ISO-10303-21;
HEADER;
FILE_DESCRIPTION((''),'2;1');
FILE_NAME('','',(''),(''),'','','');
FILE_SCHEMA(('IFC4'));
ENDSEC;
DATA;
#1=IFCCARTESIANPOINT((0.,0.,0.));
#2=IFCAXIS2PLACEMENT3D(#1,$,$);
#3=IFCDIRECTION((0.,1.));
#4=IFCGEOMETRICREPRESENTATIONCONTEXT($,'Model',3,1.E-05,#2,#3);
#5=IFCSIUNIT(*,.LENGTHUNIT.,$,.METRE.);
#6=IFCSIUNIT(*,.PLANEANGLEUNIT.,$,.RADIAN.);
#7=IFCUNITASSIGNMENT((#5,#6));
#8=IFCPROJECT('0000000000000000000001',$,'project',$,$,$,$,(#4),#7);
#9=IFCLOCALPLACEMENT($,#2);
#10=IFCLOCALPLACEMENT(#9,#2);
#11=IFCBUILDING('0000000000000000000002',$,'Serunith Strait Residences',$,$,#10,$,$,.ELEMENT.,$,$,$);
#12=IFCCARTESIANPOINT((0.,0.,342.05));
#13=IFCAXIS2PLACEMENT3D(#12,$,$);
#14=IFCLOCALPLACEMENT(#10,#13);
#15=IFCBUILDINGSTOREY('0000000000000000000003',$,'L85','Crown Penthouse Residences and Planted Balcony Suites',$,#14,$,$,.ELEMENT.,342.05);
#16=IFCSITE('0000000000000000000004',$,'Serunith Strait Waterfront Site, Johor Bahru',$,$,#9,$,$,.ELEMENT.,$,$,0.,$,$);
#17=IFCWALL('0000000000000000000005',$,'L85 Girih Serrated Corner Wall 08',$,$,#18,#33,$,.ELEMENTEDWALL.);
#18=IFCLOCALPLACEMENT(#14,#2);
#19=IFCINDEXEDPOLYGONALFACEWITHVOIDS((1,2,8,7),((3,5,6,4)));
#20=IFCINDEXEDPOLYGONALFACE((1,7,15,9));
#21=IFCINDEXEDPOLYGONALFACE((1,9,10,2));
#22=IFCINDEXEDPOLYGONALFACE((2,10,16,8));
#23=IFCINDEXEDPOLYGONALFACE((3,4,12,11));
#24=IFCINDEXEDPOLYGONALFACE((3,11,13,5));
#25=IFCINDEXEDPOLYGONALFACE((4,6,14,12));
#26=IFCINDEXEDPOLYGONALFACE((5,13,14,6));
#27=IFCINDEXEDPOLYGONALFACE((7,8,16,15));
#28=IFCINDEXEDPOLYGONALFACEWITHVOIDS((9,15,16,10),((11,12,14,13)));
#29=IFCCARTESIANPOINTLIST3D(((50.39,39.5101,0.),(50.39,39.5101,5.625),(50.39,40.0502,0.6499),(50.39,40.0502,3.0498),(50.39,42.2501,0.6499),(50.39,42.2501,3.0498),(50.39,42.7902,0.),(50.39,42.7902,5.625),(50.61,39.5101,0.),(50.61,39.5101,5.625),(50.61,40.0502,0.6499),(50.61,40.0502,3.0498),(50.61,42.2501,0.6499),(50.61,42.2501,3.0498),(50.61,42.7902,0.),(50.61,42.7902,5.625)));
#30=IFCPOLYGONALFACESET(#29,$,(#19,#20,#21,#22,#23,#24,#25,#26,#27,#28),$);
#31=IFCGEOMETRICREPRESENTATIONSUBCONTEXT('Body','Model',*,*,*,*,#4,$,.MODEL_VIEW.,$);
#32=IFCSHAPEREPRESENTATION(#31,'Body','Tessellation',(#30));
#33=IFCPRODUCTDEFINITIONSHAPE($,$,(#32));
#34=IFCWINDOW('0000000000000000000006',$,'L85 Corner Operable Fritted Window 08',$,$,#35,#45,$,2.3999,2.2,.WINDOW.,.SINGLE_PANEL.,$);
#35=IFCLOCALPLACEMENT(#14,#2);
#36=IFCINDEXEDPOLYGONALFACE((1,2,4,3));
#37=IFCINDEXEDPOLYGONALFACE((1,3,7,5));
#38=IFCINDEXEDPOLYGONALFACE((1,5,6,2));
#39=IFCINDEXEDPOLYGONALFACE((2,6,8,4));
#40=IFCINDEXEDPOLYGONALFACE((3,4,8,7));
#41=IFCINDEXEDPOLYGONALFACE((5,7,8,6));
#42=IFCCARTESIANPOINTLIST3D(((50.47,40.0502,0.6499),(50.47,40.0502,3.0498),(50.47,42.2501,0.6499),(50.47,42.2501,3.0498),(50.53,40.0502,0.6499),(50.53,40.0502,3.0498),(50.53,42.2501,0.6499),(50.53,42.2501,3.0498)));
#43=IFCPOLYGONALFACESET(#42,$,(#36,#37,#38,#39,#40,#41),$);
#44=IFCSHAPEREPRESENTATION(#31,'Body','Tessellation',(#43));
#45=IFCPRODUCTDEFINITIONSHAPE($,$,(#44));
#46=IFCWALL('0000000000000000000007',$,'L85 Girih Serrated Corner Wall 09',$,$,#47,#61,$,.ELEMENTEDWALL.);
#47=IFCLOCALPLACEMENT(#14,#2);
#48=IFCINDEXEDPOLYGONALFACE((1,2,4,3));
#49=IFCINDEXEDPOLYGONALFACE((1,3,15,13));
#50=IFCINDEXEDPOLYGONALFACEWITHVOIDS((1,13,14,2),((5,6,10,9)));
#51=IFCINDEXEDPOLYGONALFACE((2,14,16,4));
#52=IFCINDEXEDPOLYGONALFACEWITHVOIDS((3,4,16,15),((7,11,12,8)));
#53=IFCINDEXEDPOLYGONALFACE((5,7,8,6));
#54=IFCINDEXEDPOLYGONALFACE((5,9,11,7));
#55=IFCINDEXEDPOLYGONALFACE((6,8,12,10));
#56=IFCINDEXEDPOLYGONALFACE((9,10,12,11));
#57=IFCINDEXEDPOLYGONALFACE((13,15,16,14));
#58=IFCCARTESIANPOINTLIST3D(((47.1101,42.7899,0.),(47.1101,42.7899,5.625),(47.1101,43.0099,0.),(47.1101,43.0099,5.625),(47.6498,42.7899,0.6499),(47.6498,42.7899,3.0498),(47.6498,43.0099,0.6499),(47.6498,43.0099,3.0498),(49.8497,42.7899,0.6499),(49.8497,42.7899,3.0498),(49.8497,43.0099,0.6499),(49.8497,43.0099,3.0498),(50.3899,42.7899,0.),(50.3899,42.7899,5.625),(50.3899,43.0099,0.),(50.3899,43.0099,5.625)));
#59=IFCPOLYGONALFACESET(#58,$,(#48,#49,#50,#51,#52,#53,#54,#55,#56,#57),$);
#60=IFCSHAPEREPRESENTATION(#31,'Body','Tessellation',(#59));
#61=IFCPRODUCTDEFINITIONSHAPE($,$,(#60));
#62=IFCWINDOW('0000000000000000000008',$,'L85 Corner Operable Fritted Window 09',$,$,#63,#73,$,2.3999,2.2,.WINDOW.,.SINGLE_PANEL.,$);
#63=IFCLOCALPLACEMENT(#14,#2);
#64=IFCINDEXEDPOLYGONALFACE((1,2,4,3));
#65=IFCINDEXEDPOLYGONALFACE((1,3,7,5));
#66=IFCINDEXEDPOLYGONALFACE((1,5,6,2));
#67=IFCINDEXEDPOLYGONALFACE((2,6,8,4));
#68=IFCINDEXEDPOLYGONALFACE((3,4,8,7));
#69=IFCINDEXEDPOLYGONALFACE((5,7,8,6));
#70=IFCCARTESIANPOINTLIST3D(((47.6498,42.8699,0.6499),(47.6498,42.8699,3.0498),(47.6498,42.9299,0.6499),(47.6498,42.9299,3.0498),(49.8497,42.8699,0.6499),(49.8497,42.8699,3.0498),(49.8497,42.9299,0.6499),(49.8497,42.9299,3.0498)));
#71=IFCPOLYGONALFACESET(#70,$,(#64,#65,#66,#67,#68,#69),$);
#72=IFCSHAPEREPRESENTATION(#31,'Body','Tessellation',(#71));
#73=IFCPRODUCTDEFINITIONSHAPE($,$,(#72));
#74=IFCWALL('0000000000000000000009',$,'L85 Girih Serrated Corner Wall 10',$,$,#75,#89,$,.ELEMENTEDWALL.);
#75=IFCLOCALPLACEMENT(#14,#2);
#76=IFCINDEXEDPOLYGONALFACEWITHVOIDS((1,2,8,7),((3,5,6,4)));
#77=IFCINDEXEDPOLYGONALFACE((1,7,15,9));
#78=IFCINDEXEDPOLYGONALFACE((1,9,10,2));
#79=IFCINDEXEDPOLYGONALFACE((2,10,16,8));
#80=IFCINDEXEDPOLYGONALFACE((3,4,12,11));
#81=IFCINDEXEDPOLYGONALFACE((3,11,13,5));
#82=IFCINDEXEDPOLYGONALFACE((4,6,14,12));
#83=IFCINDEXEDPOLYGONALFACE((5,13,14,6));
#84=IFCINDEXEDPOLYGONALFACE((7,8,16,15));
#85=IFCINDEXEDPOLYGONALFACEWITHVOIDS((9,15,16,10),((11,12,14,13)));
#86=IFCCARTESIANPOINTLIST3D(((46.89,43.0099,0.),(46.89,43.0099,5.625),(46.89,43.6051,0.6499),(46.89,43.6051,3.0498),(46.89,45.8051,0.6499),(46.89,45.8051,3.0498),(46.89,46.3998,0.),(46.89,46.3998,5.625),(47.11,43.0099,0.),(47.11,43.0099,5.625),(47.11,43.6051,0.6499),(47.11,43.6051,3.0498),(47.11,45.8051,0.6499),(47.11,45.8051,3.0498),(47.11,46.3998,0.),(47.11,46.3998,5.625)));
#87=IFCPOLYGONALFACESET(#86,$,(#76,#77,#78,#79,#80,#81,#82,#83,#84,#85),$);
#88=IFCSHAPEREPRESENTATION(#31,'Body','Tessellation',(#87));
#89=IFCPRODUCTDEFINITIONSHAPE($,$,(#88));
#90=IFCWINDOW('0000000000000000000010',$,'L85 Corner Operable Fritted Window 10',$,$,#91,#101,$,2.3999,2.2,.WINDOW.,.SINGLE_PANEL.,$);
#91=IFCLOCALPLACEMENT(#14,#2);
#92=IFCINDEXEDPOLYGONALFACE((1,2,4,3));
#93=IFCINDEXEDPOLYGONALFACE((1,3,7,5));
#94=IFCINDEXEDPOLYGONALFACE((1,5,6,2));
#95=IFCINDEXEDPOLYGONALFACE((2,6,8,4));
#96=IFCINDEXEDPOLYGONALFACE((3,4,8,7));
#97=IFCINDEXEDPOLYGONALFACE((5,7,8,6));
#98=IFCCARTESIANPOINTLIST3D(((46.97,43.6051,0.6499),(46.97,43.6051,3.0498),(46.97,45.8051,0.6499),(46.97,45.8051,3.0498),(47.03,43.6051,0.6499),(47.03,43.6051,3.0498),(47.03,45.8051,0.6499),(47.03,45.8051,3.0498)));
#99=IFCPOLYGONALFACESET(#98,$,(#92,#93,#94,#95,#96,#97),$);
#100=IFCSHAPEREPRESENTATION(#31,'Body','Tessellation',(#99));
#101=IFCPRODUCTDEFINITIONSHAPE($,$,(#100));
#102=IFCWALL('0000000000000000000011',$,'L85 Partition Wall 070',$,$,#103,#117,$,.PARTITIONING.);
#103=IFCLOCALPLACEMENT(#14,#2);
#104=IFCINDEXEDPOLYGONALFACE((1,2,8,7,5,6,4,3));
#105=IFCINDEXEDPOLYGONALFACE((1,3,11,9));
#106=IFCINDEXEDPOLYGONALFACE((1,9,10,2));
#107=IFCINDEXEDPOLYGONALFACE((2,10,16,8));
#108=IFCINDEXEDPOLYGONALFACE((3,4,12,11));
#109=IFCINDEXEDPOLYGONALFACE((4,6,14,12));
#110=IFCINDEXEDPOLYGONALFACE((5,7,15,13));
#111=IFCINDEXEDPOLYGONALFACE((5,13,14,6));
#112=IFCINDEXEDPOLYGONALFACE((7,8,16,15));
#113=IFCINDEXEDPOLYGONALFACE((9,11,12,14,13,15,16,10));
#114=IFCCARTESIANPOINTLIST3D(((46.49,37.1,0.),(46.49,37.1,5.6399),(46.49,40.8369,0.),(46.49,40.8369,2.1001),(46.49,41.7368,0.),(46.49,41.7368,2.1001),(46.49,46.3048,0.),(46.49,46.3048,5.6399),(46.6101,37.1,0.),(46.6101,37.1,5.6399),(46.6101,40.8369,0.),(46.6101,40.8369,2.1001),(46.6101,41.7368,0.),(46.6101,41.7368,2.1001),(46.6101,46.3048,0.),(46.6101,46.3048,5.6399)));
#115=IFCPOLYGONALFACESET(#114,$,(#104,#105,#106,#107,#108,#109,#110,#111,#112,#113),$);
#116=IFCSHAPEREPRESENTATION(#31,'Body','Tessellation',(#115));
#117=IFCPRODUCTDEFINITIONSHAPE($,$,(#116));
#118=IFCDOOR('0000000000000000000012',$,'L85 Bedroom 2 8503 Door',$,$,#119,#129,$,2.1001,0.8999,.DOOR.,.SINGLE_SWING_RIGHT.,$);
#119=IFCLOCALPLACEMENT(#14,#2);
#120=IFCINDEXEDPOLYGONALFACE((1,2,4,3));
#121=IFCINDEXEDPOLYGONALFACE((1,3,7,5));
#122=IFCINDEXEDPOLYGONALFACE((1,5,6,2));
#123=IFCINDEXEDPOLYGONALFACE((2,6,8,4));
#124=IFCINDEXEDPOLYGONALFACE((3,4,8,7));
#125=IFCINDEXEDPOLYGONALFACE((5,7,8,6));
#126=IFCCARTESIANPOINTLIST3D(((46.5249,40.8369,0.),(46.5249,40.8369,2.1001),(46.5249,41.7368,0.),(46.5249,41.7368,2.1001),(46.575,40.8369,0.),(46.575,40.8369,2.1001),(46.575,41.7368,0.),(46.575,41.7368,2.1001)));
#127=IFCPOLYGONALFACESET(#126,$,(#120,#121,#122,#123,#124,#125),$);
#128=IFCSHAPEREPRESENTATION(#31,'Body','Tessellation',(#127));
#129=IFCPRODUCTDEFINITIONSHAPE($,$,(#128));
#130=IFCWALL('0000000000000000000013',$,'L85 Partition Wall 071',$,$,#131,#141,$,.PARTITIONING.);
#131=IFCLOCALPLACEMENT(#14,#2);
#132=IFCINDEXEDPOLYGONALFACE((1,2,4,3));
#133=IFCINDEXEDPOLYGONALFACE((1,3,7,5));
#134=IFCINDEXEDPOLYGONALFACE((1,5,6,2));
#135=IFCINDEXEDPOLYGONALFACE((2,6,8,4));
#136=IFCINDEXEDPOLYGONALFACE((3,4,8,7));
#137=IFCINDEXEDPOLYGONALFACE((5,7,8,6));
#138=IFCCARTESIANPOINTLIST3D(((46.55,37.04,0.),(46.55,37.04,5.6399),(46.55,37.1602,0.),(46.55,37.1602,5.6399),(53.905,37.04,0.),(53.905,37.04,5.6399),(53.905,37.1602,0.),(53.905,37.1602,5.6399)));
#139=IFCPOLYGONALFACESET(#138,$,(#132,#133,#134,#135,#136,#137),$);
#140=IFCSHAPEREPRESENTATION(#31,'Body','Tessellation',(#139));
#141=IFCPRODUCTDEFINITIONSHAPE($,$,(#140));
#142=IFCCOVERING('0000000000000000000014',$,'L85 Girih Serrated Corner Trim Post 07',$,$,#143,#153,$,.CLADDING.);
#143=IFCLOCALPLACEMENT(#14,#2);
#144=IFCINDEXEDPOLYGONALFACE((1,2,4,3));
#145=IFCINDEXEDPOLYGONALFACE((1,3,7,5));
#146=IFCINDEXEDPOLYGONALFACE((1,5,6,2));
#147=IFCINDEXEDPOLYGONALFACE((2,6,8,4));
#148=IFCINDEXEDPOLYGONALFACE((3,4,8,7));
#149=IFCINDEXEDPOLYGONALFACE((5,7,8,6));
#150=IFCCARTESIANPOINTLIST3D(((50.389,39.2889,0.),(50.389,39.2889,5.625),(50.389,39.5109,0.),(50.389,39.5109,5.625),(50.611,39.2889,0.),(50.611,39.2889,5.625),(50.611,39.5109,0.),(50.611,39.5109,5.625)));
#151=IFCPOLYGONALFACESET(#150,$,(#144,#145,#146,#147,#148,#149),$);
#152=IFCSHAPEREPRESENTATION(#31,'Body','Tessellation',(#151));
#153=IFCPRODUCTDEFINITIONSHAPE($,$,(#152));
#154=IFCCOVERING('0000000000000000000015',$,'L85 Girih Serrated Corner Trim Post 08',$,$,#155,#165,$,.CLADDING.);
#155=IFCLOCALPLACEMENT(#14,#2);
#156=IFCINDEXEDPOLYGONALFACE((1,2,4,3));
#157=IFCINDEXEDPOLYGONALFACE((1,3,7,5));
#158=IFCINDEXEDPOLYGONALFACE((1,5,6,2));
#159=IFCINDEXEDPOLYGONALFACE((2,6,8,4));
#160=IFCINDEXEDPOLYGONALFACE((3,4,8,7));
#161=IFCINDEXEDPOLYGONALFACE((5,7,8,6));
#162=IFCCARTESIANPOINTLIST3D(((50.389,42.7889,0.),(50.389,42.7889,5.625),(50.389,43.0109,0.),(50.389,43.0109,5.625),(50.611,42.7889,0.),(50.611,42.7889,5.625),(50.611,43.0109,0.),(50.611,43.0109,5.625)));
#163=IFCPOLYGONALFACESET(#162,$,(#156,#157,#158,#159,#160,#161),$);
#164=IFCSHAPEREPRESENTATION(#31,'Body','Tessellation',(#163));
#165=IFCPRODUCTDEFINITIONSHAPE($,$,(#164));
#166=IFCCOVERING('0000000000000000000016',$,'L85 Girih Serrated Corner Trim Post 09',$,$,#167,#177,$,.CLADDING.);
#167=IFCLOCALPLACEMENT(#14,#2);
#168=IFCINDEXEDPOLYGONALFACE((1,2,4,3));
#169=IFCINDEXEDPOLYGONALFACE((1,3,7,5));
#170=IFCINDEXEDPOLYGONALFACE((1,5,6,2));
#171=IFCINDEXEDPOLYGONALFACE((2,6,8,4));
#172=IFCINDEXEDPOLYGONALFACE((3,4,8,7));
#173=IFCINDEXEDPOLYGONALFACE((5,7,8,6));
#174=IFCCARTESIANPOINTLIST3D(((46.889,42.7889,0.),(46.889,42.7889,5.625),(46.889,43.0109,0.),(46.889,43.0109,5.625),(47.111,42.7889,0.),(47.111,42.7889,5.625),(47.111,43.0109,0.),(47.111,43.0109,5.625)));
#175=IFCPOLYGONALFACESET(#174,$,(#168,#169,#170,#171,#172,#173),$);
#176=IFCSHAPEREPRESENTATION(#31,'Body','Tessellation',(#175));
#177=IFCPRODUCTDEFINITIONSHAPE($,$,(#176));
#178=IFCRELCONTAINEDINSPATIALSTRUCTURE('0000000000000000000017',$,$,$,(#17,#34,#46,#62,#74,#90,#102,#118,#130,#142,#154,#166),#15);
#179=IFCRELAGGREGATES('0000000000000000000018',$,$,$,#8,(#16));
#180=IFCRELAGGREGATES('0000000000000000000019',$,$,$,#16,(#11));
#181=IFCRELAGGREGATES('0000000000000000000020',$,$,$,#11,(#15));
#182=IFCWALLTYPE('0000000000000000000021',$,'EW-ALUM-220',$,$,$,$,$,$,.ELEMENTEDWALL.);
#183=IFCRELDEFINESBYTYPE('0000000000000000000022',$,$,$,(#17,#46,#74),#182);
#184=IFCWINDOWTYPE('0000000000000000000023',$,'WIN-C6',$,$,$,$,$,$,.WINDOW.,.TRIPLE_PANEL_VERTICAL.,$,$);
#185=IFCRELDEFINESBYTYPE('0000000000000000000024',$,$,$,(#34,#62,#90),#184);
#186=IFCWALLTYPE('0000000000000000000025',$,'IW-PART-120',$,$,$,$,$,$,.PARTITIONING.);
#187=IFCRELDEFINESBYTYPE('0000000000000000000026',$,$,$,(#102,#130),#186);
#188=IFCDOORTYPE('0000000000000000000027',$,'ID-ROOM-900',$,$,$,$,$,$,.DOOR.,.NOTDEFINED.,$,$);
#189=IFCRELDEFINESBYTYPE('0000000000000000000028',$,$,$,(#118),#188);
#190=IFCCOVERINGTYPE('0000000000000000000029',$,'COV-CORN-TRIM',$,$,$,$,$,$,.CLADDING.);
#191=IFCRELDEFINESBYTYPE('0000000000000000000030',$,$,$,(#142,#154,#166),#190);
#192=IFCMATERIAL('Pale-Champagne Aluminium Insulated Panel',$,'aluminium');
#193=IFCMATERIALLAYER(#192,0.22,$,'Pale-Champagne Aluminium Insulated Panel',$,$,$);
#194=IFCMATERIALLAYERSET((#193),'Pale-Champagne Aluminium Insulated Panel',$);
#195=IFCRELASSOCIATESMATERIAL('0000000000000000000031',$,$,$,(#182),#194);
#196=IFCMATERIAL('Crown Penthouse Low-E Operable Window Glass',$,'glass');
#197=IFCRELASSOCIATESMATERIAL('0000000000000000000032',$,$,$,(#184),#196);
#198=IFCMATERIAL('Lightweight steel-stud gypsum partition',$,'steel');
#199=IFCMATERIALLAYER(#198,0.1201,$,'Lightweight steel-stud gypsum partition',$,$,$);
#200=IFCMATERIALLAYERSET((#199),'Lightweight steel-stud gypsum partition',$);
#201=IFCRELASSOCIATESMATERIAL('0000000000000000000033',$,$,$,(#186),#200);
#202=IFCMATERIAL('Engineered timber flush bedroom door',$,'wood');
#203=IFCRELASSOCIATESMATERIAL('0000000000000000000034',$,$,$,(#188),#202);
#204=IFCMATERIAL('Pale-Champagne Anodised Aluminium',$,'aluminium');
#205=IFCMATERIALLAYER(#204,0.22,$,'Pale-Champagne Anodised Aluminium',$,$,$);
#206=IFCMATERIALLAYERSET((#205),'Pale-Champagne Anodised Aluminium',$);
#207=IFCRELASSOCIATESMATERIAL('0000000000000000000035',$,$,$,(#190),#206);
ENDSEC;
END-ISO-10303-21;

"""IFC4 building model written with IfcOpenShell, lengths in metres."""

from ifc_helpers import new_model, si_unit, direction, frame, frame_2d, origin, origin_2d, place, context, subcontext, project, spatial, rectangle, extrude, source, transform, mapped, material, layer, layer_set, type_object, element, fill, save


model = new_model("IFC4")

# Units and contexts
model_context = context("Model", 3, precision=1e-05, world=origin(), true_north=direction((0.0, 1.0)))
body_context = subcontext(model_context, "Body", "Model", "MODEL_VIEW")
ifc_project = project(units=[si_unit("LENGTHUNIT", "METRE"), si_unit("PLANEANGLEUNIT", "RADIAN")], contexts=[model_context])

# Site, building, storey
site_placement = place(None, origin())
site = spatial("IfcSite", under=ifc_project, at=site_placement, Name="Serunith Strait Waterfront Site, Johor Bahru", CompositionType="ELEMENT", RefElevation=0.0)
building_placement = place(site_placement, origin())
building = spatial("IfcBuilding", under=site, at=building_placement, Name="Serunith Strait Residences", CompositionType="ELEMENT")
storey_placement = place(building_placement, frame((0.0, 0.0, 342.05)))
storey = spatial("IfcBuildingStorey", under=building, at=storey_placement, Name="L85", Description="Crown Penthouse Residences and Planted Balcony Suites", CompositionType="ELEMENT", Elevation=342.05)

# Walls, openings, windows
ifc_material_1 = material(Name="Pale-Champagne Aluminium Insulated Panel", Category="aluminium")
ifc_layer_1 = layer(ifc_material_1, 0.22, Name="Pale-Champagne Aluminium Insulated Panel")
ifc_layer_set_1 = layer_set([ifc_layer_1], Name="Pale-Champagne Aluminium Insulated Panel")
wall_type_1 = type_object("IfcWallType", Name="EW-ALUM-220", PredefinedType="ELEMENTEDWALL", material=ifc_layer_set_1)
ifc_material_2 = material(Name="Crown Penthouse Low-E Operable Window Glass", Category="glass")
window_type = type_object("IfcWindowType", Name="WIN-C6", PartitioningType="TRIPLE_PANEL_VERTICAL", PredefinedType="WINDOW", material=ifc_material_2)
shared_shape_1 = source(origin(), body_context, "Body", "SweptSolid", [
    extrude(rectangle(XDim=2.2, YDim=2.3999, at=frame_2d((1.1001, 1.2))), frame((0.0, 0.03, 0.0), z_axis=(0.0, -1.0, 0.0), x_axis=(1.0, 0.0, 0.0)), (0.0, 0.0, 1.0), 0.0601),
])
wall_1_placement = place(storey_placement, frame((50.5, 39.51, 0.0), z_axis=(0.0, 0.0, 1.0), x_axis=(0.0, 1.0, 0.0)))
wall_1 = element("IfcWall", 1, at=wall_1_placement, inside=storey, type_object=wall_type_1, Name="L85 Girih Serrated Corner Wall 08", PredefinedType="ELEMENTEDWALL", context=body_context, shape_type="SweptSolid", body=[
    extrude(rectangle(XDim=3.28, YDim=0.22, at=frame_2d((1.6401, 0.0))), origin(), (0.0, 0.0, 1.0), 5.625),
])
opening_1_placement = place(wall_1_placement, frame((0.54, 0.0, 0.6499)))
opening_1 = element("IfcOpeningElement", 2, at=opening_1_placement, cuts=wall_1, PredefinedType="OPENING", context=body_context, shape_type="SweptSolid", body=[
    extrude(rectangle(XDim=2.2, YDim=2.3999, at=frame_2d((1.1001, 1.2))), frame((0.0, 0.1201, 0.0), z_axis=(0.0, -1.0, 0.0), x_axis=(1.0, 0.0, 0.0)), (0.0, 0.0, 1.0), 0.24),
])
window_1_placement = place(opening_1_placement, origin())
window_1 = element("IfcWindow", 3, at=window_1_placement, inside=storey, type_object=window_type, Name="L85 Corner Operable Fritted Window 08", OverallHeight=2.3999, OverallWidth=2.2, PartitioningType="SINGLE_PANEL", PredefinedType="WINDOW", context=body_context, shape_type="MappedRepresentation", body=[
    mapped(shared_shape_1, transform((0.0, 0.0, 0.0), scale=1.0)),
])
fill(opening_1, window_1)
wall_2_placement = place(storey_placement, frame((50.3899, 42.8999, 0.0), z_axis=(0.0, 0.0, 1.0), x_axis=(-1.0, 0.0, 0.0)))
wall_2 = element("IfcWall", 4, at=wall_2_placement, inside=storey, type_object=wall_type_1, Name="L85 Girih Serrated Corner Wall 09", PredefinedType="ELEMENTEDWALL", context=body_context, shape_type="SweptSolid", body=[
    extrude(rectangle(XDim=3.2798, YDim=0.22, at=frame_2d((1.6399, 0.0))), origin(), (0.0, 0.0, 1.0), 5.625),
])
opening_2_placement = place(wall_2_placement, frame((0.54, 0.0, 0.6499)))
opening_2 = element("IfcOpeningElement", 5, at=opening_2_placement, cuts=wall_2, PredefinedType="OPENING", context=body_context, shape_type="SweptSolid", body=[
    extrude(rectangle(XDim=2.2, YDim=2.3999, at=frame_2d((1.1001, 1.2))), frame((0.0, 0.1201, 0.0), z_axis=(0.0, -1.0, 0.0), x_axis=(1.0, 0.0, 0.0)), (0.0, 0.0, 1.0), 0.24),
])
window_2_placement = place(opening_2_placement, origin())
window_2 = element("IfcWindow", 6, at=window_2_placement, inside=storey, type_object=window_type, Name="L85 Corner Operable Fritted Window 09", OverallHeight=2.3999, OverallWidth=2.2, PartitioningType="SINGLE_PANEL", PredefinedType="WINDOW", context=body_context, shape_type="MappedRepresentation", body=[
    mapped(shared_shape_1, transform((0.0, 0.0, 0.0), scale=1.0)),
])
fill(opening_2, window_2)
wall_3_placement = place(storey_placement, frame((47.0, 43.01, 0.0), z_axis=(0.0, 0.0, 1.0), x_axis=(0.0, 1.0, 0.0)))
wall_3 = element("IfcWall", 7, at=wall_3_placement, inside=storey, type_object=wall_type_1, Name="L85 Girih Serrated Corner Wall 10", PredefinedType="ELEMENTEDWALL", context=body_context, shape_type="SweptSolid", body=[
    extrude(rectangle(XDim=3.3899, YDim=0.22, at=frame_2d((1.6948, 0.0))), origin(), (0.0, 0.0, 1.0), 5.625),
])
opening_3_placement = place(wall_3_placement, frame((0.595, 0.0, 0.6499)))
opening_3 = element("IfcOpeningElement", 8, at=opening_3_placement, cuts=wall_3, PredefinedType="OPENING", context=body_context, shape_type="SweptSolid", body=[
    extrude(rectangle(XDim=2.2, YDim=2.3999, at=frame_2d((1.1001, 1.2))), frame((0.0, 0.1201, 0.0), z_axis=(0.0, -1.0, 0.0), x_axis=(1.0, 0.0, 0.0)), (0.0, 0.0, 1.0), 0.24),
])
window_3_placement = place(opening_3_placement, origin())
window_3 = element("IfcWindow", 9, at=window_3_placement, inside=storey, type_object=window_type, Name="L85 Corner Operable Fritted Window 10", OverallHeight=2.3999, OverallWidth=2.2, PartitioningType="SINGLE_PANEL", PredefinedType="WINDOW", context=body_context, shape_type="MappedRepresentation", body=[
    mapped(shared_shape_1, transform((0.0, 0.0, 0.0), scale=1.0)),
])
fill(opening_3, window_3)

# Wall, opening, door
ifc_material_3 = material(Name="Lightweight steel-stud gypsum partition", Category="steel")
ifc_layer_2 = layer(ifc_material_3, 0.1201, Name="Lightweight steel-stud gypsum partition")
ifc_layer_set_2 = layer_set([ifc_layer_2], Name="Lightweight steel-stud gypsum partition")
wall_type_2 = type_object("IfcWallType", Name="IW-PART-120", PredefinedType="PARTITIONING", material=ifc_layer_set_2)
wall_4_placement = place(storey_placement, frame((46.55, 46.3049, 0.0), z_axis=(0.0, 0.0, 1.0), x_axis=(0.0, -1.0, 0.0)))
wall_4 = element("IfcWall", 10, at=wall_4_placement, inside=storey, type_object=wall_type_2, Name="L85 Partition Wall 070", PredefinedType="PARTITIONING", context=body_context, shape_type="SweptSolid", body=[
    extrude(rectangle(XDim=9.2048, YDim=0.1201, at=frame_2d((4.6025, 0.0))), origin(), (0.0, 0.0, 1.0), 5.6399),
])
opening_4_placement = place(wall_4_placement, frame((4.5681, 0.0, 0.0)))
opening_4 = element("IfcOpeningElement", 11, at=opening_4_placement, cuts=wall_4, PredefinedType="OPENING", context=body_context, shape_type="SweptSolid", body=[
    extrude(rectangle(XDim=0.8999, YDim=2.1001, at=frame_2d((0.45, 1.05))), frame((0.0, 0.0701, 0.0), z_axis=(0.0, -1.0, 0.0), x_axis=(1.0, 0.0, 0.0)), (0.0, 0.0, 1.0), 0.1401),
])
ifc_material_4 = material(Name="Engineered timber flush bedroom door", Category="wood")
door_type = type_object("IfcDoorType", Name="ID-ROOM-900", OperationType="NOTDEFINED", PredefinedType="DOOR", material=ifc_material_4)
shared_shape_2 = source(origin(), body_context, "Body", "SweptSolid", [
    extrude(rectangle(XDim=0.8999, YDim=2.1001, at=frame_2d((0.45, 1.05))), frame((0.0, 0.0249, 0.0), z_axis=(0.0, -1.0, 0.0), x_axis=(1.0, 0.0, 0.0)), (0.0, 0.0, 1.0), 0.05),
])
door_placement = place(opening_4_placement, origin())
door = element("IfcDoor", 12, at=door_placement, inside=storey, type_object=door_type, Name="L85 Bedroom 2 8503 Door", OperationType="SINGLE_SWING_RIGHT", OverallHeight=2.1001, OverallWidth=0.8999, PredefinedType="DOOR", context=body_context, shape_type="MappedRepresentation", body=[
    mapped(shared_shape_2, transform((0.0, 0.0, 0.0), scale=1.0)),
])
fill(opening_4, door)

# Wall
wall_5_placement = place(storey_placement, frame((46.55, 37.1001, 0.0), z_axis=(0.0, 0.0, 1.0), x_axis=(1.0, 0.0, 0.0)))
element("IfcWall", 13, at=wall_5_placement, inside=storey, type_object=wall_type_2, Name="L85 Partition Wall 071", PredefinedType="PARTITIONING", context=body_context, shape_type="SweptSolid", body=[
    extrude(rectangle(XDim=7.355, YDim=0.1201, at=frame_2d((3.6775, 0.0))), origin(), (0.0, 0.0, 1.0), 5.6399),
])

# Coverings
ifc_material_5 = material(Name="Pale-Champagne Anodised Aluminium", Category="aluminium")
ifc_layer_3 = layer(ifc_material_5, 0.22, Name="Pale-Champagne Anodised Aluminium")
ifc_layer_set_3 = layer_set([ifc_layer_3], Name="Pale-Champagne Anodised Aluminium")
covering_type = type_object("IfcCoveringType", Name="COV-CORN-TRIM", PredefinedType="CLADDING", material=ifc_layer_set_3)
shared_shape_3 = source(origin(), body_context, "Body", "SweptSolid", [
    extrude(rectangle(XDim=0.2219, YDim=0.2219, at=origin_2d()), origin(), (0.0, 0.0, 1.0), 5.625),
])
for number, where, z_axis, x_axis, name in (
    (14, (50.5, 39.3999, 0.0), (0.0, 0.0, 1.0), (1.0, 0.0, 0.0), "L85 Girih Serrated Corner Trim Post 07"),
    (15, (50.5, 42.8999, 0.0), (0.0, 0.0, 1.0), (1.0, 0.0, 0.0), "L85 Girih Serrated Corner Trim Post 08"),
    (16, (47.0, 42.8999, 0.0), (0.0, 0.0, 1.0), (1.0, 0.0, 0.0), "L85 Girih Serrated Corner Trim Post 09"),
):
    element("IfcCovering", number, at=place(storey_placement, frame(where, z_axis=z_axis, x_axis=x_axis)), inside=storey, type_object=covering_type, Name=name, PredefinedType="CLADDING", context=body_context, shape_type="MappedRepresentation", body=[
        mapped(shared_shape_3, transform((0.0, 0.0, 0.0), scale=1.0)),
    ])

save(model, "model.ifc")
